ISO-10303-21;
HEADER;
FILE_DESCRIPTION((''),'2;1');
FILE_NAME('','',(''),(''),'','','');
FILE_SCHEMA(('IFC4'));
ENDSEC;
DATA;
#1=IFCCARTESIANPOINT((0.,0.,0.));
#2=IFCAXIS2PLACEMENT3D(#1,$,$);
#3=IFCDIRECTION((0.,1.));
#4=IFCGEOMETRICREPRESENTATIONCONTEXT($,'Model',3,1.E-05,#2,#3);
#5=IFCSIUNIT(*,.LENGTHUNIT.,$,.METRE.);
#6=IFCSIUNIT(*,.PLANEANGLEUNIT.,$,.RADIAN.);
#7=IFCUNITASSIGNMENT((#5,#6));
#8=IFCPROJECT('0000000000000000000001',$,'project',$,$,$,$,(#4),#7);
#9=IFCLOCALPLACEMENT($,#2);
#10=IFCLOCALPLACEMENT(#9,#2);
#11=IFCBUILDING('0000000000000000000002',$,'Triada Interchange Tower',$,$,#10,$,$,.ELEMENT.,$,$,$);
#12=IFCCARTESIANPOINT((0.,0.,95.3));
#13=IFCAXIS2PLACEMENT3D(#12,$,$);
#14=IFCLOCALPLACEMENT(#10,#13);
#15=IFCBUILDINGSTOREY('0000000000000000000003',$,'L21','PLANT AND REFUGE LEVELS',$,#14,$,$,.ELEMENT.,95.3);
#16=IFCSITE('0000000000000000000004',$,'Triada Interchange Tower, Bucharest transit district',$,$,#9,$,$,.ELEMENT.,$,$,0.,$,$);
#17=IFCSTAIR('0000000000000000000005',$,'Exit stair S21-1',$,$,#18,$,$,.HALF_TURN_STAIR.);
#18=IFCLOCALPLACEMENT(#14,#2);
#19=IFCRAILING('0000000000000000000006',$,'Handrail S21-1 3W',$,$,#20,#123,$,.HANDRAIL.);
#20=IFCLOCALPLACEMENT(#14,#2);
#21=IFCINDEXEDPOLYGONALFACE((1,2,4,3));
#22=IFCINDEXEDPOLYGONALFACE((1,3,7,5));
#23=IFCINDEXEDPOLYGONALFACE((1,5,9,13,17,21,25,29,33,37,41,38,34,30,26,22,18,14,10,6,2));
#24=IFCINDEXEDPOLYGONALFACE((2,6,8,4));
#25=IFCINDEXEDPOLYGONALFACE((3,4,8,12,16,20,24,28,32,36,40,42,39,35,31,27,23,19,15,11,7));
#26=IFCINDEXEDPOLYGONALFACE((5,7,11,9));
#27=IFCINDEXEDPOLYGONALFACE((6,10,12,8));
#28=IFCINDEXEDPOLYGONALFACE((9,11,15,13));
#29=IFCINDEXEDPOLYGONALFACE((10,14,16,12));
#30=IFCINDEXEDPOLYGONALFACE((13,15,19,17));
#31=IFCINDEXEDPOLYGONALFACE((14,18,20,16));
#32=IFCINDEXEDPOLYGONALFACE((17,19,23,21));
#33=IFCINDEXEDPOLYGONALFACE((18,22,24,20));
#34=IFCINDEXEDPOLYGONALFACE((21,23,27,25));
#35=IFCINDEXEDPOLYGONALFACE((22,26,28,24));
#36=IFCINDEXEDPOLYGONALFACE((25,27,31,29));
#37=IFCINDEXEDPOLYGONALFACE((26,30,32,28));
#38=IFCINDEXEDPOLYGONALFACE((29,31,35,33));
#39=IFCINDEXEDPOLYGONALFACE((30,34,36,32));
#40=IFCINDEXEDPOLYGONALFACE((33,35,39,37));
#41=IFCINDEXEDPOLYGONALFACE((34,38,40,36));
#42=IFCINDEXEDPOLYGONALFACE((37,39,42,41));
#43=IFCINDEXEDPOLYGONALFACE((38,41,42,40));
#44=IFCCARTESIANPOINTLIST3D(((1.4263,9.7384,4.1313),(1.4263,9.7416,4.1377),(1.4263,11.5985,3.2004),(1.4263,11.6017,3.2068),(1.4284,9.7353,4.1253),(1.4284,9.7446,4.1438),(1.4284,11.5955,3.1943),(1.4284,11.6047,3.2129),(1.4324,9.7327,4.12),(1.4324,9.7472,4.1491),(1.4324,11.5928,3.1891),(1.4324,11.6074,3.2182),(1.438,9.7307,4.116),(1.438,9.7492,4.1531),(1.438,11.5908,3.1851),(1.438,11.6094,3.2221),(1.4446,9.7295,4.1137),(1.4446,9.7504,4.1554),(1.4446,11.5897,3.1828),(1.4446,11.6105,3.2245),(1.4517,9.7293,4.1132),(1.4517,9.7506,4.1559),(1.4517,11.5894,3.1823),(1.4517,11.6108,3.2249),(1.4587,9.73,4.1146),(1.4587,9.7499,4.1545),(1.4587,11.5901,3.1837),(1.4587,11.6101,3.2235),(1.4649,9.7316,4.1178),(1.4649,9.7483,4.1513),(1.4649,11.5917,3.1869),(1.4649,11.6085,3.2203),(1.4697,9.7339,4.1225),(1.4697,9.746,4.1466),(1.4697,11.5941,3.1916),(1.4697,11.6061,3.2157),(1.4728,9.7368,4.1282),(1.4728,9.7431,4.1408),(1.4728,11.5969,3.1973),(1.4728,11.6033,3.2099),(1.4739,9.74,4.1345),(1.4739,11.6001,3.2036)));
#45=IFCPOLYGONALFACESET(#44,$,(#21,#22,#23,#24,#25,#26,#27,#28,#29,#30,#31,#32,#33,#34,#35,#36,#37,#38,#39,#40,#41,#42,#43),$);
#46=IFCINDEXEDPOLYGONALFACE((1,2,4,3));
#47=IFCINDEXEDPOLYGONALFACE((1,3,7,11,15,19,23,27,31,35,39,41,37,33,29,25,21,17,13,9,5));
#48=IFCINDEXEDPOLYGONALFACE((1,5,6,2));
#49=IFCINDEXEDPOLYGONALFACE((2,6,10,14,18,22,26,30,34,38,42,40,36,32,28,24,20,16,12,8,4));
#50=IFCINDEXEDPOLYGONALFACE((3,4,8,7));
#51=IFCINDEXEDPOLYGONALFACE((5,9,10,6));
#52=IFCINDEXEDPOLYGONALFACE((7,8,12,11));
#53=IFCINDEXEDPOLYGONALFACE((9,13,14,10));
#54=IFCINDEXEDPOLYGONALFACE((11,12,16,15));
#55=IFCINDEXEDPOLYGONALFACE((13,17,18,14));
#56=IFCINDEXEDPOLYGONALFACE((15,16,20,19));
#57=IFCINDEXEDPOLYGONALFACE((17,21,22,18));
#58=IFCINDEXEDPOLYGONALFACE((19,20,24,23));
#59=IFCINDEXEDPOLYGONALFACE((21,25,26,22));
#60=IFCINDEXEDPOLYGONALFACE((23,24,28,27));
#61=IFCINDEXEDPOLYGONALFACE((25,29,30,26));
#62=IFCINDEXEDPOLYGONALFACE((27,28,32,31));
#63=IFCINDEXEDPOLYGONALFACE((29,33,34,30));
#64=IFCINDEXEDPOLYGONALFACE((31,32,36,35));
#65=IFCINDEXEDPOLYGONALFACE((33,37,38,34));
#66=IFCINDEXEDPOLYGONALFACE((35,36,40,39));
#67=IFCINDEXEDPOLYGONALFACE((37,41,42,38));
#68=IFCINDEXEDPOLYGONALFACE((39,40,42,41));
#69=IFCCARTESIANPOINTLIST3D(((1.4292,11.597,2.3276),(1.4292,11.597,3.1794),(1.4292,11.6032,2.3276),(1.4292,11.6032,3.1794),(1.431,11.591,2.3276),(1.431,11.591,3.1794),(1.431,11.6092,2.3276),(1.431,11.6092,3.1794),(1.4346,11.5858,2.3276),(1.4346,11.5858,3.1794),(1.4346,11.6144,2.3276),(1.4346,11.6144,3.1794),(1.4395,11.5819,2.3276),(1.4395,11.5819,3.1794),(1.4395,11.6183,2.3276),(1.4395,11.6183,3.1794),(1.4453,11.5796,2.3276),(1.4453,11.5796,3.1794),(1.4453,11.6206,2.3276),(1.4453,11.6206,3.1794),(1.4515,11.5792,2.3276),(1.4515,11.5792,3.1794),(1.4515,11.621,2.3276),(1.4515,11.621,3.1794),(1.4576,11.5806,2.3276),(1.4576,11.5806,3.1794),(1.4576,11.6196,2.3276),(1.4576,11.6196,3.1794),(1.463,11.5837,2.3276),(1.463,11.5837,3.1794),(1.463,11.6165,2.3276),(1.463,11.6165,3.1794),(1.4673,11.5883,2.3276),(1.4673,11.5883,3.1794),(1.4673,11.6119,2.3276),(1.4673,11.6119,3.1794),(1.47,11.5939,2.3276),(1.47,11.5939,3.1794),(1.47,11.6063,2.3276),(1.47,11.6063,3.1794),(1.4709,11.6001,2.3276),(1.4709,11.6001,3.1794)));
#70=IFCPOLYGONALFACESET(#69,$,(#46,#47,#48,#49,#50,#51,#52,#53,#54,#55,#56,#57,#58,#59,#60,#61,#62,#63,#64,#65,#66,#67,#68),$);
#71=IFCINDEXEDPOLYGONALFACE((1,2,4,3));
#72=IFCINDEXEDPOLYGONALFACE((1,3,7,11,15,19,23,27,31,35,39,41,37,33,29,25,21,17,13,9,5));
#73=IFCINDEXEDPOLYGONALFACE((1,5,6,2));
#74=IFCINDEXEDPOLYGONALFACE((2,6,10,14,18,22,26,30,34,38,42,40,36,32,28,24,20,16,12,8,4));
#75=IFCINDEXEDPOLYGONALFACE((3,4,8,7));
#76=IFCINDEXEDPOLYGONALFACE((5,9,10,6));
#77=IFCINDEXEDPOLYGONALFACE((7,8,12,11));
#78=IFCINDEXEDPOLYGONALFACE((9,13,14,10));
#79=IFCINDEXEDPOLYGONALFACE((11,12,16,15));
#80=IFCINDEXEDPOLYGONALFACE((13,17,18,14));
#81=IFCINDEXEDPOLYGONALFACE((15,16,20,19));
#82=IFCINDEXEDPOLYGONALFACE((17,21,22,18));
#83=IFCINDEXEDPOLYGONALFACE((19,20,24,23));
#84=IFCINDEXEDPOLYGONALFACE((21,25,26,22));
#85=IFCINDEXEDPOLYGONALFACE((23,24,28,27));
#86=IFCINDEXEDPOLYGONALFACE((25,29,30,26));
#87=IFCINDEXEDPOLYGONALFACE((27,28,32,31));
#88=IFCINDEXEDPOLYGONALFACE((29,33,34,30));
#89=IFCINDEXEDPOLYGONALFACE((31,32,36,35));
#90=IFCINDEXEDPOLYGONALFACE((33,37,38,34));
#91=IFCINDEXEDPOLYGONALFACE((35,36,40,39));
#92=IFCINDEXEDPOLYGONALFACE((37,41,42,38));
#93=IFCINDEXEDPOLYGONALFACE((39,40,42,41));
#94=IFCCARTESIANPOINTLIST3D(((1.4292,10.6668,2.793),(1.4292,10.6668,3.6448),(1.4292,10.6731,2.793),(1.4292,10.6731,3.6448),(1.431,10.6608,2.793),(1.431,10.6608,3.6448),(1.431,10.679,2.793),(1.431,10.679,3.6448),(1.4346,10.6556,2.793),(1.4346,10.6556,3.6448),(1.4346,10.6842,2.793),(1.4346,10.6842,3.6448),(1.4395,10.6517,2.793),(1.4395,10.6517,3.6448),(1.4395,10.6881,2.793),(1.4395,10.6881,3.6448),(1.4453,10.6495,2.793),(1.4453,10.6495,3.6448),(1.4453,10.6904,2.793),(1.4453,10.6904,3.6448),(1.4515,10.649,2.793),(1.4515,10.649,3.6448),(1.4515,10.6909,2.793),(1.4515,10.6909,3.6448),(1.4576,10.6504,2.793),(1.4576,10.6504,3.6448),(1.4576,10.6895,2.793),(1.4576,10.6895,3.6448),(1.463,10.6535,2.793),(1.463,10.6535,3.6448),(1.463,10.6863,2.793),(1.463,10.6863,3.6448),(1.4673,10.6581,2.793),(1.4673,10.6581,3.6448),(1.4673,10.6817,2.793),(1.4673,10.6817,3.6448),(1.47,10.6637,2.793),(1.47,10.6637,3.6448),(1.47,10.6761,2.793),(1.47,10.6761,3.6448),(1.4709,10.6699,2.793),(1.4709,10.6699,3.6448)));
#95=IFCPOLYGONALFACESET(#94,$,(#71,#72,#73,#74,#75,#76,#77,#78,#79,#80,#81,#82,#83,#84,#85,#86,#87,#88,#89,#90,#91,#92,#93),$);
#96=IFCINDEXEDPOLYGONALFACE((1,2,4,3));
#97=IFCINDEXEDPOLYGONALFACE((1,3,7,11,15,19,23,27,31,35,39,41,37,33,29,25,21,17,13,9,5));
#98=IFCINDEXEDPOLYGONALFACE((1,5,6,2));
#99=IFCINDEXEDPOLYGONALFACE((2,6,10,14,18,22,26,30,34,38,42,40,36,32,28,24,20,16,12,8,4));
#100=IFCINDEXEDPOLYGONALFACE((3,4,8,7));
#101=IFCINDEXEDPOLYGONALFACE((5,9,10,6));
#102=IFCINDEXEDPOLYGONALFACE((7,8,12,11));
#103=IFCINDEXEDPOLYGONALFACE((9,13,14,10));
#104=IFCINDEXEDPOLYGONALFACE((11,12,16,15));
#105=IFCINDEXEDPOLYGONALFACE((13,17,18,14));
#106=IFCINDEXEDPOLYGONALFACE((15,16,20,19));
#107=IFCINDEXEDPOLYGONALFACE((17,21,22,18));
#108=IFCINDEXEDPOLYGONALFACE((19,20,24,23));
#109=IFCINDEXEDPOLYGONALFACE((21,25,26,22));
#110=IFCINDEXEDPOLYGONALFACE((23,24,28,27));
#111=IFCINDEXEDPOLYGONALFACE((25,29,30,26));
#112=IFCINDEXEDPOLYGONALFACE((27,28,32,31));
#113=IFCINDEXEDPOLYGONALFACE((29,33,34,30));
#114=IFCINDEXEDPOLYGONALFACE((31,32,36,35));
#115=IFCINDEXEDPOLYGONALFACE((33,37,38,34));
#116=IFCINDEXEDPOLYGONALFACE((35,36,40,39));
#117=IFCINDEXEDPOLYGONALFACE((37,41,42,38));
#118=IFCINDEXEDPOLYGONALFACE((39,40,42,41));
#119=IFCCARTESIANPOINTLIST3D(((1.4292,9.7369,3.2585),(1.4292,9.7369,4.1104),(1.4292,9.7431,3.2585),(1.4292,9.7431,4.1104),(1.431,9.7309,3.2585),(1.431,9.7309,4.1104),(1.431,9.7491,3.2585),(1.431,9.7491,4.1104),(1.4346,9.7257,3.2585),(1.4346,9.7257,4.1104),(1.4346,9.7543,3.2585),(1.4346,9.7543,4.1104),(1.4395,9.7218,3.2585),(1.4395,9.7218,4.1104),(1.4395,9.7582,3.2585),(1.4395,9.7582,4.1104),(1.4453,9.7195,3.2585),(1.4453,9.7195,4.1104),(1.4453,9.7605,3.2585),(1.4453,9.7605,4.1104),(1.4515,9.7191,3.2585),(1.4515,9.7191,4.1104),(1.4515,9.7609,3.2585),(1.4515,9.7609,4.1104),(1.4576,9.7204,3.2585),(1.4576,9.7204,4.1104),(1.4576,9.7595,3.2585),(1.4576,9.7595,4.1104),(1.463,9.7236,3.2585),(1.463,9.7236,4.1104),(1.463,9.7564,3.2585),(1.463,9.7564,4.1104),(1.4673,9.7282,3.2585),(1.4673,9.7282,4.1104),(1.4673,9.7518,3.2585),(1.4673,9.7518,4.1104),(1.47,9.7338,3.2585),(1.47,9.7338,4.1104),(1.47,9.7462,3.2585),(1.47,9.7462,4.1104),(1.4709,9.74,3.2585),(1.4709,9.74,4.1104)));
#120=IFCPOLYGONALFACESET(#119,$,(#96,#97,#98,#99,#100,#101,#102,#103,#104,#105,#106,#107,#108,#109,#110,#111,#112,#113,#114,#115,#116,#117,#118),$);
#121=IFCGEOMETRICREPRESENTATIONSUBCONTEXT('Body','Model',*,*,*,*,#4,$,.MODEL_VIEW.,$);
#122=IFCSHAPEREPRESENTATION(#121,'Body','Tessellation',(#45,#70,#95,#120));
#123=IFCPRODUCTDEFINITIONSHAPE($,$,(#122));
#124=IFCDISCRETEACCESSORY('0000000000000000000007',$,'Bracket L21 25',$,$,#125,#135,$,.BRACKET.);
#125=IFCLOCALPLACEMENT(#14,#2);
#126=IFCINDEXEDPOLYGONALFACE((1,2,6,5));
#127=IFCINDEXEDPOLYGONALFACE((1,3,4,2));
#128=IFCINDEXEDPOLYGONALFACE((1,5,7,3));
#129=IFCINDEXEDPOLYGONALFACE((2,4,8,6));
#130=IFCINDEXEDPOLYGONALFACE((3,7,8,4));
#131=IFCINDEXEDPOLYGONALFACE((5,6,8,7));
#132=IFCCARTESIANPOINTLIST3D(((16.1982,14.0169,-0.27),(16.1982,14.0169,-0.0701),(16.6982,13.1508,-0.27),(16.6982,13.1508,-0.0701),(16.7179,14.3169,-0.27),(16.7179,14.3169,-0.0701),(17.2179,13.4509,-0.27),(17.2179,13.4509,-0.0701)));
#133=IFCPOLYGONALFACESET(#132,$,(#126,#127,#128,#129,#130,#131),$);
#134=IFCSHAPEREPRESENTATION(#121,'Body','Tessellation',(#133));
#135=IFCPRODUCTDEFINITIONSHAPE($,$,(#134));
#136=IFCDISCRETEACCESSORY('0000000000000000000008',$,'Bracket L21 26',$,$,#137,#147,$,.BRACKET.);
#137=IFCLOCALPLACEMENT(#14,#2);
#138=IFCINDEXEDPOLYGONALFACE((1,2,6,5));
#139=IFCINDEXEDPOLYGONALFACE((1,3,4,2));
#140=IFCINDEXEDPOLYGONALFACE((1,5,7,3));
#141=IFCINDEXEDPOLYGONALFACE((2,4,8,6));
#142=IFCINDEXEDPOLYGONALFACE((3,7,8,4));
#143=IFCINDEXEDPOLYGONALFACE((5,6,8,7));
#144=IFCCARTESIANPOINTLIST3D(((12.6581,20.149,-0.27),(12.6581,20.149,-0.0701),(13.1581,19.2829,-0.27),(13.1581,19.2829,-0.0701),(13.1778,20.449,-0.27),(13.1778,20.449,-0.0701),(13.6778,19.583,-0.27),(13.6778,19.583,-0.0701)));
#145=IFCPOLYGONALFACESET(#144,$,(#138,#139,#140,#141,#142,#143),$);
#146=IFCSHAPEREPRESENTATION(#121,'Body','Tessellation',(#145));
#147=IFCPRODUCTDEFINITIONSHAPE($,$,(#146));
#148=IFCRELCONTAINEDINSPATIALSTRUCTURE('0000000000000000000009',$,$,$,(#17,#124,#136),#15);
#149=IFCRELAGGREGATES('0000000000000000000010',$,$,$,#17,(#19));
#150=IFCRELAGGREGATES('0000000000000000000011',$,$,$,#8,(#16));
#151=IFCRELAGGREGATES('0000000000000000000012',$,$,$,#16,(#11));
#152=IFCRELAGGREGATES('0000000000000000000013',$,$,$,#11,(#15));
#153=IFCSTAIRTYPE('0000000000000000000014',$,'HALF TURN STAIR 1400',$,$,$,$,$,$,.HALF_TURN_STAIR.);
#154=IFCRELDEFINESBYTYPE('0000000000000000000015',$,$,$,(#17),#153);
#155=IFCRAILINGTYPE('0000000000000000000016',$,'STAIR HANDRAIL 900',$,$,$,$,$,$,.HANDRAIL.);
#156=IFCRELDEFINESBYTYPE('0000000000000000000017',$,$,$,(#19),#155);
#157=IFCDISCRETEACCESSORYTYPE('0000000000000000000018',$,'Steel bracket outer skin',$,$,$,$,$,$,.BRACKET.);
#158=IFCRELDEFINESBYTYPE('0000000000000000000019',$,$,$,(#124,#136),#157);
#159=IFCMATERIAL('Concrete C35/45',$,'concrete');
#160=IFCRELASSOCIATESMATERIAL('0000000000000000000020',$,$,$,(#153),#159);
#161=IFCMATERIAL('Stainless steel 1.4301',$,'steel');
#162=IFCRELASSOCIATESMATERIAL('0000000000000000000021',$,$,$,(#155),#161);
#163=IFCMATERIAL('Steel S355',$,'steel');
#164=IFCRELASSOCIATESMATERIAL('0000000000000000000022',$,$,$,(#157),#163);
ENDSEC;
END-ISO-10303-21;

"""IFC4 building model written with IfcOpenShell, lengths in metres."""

from ifc_helpers import new_model, si_unit, direction, frame, origin, origin_2d, place, context, subcontext, project, spatial, rectangle, circle, extrude, material, type_object, element, aggregate, save


model = new_model("IFC4")

# Units and contexts
model_context = context("Model", 3, precision=1e-05, world=origin(), true_north=direction((0.0, 1.0)))
body_context = subcontext(model_context, "Body", "Model", "MODEL_VIEW")
ifc_project = project(units=[si_unit("LENGTHUNIT", "METRE"), si_unit("PLANEANGLEUNIT", "RADIAN")], contexts=[model_context])

# Site, building, storey
site_placement = place(None, origin())
site = spatial("IfcSite", under=ifc_project, at=site_placement, Name="Triada Interchange Tower, Bucharest transit district", CompositionType="ELEMENT", RefElevation=0.0)
building_placement = place(site_placement, origin())
building = spatial("IfcBuilding", under=site, at=building_placement, Name="Triada Interchange Tower", CompositionType="ELEMENT")
storey_placement = place(building_placement, frame((0.0, 0.0, 95.3)))
storey = spatial("IfcBuildingStorey", under=building, at=storey_placement, Name="L21", Description="PLANT AND REFUGE LEVELS", CompositionType="ELEMENT", Elevation=95.3)

# Shared definitions
ifc_material_1 = material(Name="Steel S355", Category="steel")

# Shared definitions
ifc_material_2 = material(Name="Concrete C35/45", Category="concrete")

# Stair, railing
stair_type = type_object("IfcStairType", Name="HALF TURN STAIR 1400", PredefinedType="HALF_TURN_STAIR", material=ifc_material_2)
stair_placement = place(storey_placement, origin())
stair = element("IfcStair", 1, at=stair_placement, inside=storey, type_object=stair_type, Name="Exit stair S21-1", PredefinedType="HALF_TURN_STAIR")
ifc_material_3 = material(Name="Stainless steel 1.4301", Category="steel")
railing_type_1 = type_object("IfcRailingType", Name="STAIR HANDRAIL 900", PredefinedType="HANDRAIL", material=ifc_material_3)
railing_1_placement = place(storey_placement, frame((1.45, 11.6001, 2.3276)))
railing_1 = element("IfcRailing", 2, at=railing_1_placement, type_object=railing_type_1, Name="Handrail S21-1 3W", PredefinedType="HANDRAIL", context=body_context, shape_type="SweptSolid", body=[
    extrude(circle(Radius=0.0239, at=origin_2d()), frame((0.0, 0.0, 0.876), z_axis=(0.0, -0.894263, 0.447542), x_axis=(1.0, 0.0, 0.0)), (0.0, 0.0, 1.0), 2.0801),
    extrude(circle(Radius=0.021, at=origin_2d()), origin(), (0.0, 0.0, 1.0), 0.8518),
    extrude(circle(Radius=0.021, at=origin_2d()), frame((0.0, -0.9302, 0.4653)), (0.0, 0.0, 1.0), 0.8518),
    extrude(circle(Radius=0.021, at=origin_2d()), frame((0.0, -1.8601, 0.9309)), (0.0, 0.0, 1.0), 0.8518),
])
aggregate(stair, [railing_1])

# Discrete accessories
discrete_accessory_type = type_object("IfcDiscreteAccessoryType", Name="Steel bracket outer skin", PredefinedType="BRACKET", material=ifc_material_1)
for number, where, z_axis, x_axis, name in (
    (3, (16.708, 13.7339, -0.27), (0.0, 0.0, 1.0), (0.866021, 0.500007, 0.0), "Bracket L21 25"),
    (4, (13.168, 19.866, -0.27), (0.0, 0.0, 1.0), (0.866021, 0.500007, 0.0), "Bracket L21 26"),
):
    element("IfcDiscreteAccessory", number, at=place(storey_placement, frame(where, z_axis=z_axis, x_axis=x_axis)), inside=storey, type_object=discrete_accessory_type, Name=name, PredefinedType="BRACKET", context=body_context, shape_type="SweptSolid", body=[
        extrude(rectangle(XDim=0.6001, YDim=1.0, at=origin_2d()), origin(), (0.0, 0.0, 1.0), 0.2),
    ])

save(model, "model.ifc")
